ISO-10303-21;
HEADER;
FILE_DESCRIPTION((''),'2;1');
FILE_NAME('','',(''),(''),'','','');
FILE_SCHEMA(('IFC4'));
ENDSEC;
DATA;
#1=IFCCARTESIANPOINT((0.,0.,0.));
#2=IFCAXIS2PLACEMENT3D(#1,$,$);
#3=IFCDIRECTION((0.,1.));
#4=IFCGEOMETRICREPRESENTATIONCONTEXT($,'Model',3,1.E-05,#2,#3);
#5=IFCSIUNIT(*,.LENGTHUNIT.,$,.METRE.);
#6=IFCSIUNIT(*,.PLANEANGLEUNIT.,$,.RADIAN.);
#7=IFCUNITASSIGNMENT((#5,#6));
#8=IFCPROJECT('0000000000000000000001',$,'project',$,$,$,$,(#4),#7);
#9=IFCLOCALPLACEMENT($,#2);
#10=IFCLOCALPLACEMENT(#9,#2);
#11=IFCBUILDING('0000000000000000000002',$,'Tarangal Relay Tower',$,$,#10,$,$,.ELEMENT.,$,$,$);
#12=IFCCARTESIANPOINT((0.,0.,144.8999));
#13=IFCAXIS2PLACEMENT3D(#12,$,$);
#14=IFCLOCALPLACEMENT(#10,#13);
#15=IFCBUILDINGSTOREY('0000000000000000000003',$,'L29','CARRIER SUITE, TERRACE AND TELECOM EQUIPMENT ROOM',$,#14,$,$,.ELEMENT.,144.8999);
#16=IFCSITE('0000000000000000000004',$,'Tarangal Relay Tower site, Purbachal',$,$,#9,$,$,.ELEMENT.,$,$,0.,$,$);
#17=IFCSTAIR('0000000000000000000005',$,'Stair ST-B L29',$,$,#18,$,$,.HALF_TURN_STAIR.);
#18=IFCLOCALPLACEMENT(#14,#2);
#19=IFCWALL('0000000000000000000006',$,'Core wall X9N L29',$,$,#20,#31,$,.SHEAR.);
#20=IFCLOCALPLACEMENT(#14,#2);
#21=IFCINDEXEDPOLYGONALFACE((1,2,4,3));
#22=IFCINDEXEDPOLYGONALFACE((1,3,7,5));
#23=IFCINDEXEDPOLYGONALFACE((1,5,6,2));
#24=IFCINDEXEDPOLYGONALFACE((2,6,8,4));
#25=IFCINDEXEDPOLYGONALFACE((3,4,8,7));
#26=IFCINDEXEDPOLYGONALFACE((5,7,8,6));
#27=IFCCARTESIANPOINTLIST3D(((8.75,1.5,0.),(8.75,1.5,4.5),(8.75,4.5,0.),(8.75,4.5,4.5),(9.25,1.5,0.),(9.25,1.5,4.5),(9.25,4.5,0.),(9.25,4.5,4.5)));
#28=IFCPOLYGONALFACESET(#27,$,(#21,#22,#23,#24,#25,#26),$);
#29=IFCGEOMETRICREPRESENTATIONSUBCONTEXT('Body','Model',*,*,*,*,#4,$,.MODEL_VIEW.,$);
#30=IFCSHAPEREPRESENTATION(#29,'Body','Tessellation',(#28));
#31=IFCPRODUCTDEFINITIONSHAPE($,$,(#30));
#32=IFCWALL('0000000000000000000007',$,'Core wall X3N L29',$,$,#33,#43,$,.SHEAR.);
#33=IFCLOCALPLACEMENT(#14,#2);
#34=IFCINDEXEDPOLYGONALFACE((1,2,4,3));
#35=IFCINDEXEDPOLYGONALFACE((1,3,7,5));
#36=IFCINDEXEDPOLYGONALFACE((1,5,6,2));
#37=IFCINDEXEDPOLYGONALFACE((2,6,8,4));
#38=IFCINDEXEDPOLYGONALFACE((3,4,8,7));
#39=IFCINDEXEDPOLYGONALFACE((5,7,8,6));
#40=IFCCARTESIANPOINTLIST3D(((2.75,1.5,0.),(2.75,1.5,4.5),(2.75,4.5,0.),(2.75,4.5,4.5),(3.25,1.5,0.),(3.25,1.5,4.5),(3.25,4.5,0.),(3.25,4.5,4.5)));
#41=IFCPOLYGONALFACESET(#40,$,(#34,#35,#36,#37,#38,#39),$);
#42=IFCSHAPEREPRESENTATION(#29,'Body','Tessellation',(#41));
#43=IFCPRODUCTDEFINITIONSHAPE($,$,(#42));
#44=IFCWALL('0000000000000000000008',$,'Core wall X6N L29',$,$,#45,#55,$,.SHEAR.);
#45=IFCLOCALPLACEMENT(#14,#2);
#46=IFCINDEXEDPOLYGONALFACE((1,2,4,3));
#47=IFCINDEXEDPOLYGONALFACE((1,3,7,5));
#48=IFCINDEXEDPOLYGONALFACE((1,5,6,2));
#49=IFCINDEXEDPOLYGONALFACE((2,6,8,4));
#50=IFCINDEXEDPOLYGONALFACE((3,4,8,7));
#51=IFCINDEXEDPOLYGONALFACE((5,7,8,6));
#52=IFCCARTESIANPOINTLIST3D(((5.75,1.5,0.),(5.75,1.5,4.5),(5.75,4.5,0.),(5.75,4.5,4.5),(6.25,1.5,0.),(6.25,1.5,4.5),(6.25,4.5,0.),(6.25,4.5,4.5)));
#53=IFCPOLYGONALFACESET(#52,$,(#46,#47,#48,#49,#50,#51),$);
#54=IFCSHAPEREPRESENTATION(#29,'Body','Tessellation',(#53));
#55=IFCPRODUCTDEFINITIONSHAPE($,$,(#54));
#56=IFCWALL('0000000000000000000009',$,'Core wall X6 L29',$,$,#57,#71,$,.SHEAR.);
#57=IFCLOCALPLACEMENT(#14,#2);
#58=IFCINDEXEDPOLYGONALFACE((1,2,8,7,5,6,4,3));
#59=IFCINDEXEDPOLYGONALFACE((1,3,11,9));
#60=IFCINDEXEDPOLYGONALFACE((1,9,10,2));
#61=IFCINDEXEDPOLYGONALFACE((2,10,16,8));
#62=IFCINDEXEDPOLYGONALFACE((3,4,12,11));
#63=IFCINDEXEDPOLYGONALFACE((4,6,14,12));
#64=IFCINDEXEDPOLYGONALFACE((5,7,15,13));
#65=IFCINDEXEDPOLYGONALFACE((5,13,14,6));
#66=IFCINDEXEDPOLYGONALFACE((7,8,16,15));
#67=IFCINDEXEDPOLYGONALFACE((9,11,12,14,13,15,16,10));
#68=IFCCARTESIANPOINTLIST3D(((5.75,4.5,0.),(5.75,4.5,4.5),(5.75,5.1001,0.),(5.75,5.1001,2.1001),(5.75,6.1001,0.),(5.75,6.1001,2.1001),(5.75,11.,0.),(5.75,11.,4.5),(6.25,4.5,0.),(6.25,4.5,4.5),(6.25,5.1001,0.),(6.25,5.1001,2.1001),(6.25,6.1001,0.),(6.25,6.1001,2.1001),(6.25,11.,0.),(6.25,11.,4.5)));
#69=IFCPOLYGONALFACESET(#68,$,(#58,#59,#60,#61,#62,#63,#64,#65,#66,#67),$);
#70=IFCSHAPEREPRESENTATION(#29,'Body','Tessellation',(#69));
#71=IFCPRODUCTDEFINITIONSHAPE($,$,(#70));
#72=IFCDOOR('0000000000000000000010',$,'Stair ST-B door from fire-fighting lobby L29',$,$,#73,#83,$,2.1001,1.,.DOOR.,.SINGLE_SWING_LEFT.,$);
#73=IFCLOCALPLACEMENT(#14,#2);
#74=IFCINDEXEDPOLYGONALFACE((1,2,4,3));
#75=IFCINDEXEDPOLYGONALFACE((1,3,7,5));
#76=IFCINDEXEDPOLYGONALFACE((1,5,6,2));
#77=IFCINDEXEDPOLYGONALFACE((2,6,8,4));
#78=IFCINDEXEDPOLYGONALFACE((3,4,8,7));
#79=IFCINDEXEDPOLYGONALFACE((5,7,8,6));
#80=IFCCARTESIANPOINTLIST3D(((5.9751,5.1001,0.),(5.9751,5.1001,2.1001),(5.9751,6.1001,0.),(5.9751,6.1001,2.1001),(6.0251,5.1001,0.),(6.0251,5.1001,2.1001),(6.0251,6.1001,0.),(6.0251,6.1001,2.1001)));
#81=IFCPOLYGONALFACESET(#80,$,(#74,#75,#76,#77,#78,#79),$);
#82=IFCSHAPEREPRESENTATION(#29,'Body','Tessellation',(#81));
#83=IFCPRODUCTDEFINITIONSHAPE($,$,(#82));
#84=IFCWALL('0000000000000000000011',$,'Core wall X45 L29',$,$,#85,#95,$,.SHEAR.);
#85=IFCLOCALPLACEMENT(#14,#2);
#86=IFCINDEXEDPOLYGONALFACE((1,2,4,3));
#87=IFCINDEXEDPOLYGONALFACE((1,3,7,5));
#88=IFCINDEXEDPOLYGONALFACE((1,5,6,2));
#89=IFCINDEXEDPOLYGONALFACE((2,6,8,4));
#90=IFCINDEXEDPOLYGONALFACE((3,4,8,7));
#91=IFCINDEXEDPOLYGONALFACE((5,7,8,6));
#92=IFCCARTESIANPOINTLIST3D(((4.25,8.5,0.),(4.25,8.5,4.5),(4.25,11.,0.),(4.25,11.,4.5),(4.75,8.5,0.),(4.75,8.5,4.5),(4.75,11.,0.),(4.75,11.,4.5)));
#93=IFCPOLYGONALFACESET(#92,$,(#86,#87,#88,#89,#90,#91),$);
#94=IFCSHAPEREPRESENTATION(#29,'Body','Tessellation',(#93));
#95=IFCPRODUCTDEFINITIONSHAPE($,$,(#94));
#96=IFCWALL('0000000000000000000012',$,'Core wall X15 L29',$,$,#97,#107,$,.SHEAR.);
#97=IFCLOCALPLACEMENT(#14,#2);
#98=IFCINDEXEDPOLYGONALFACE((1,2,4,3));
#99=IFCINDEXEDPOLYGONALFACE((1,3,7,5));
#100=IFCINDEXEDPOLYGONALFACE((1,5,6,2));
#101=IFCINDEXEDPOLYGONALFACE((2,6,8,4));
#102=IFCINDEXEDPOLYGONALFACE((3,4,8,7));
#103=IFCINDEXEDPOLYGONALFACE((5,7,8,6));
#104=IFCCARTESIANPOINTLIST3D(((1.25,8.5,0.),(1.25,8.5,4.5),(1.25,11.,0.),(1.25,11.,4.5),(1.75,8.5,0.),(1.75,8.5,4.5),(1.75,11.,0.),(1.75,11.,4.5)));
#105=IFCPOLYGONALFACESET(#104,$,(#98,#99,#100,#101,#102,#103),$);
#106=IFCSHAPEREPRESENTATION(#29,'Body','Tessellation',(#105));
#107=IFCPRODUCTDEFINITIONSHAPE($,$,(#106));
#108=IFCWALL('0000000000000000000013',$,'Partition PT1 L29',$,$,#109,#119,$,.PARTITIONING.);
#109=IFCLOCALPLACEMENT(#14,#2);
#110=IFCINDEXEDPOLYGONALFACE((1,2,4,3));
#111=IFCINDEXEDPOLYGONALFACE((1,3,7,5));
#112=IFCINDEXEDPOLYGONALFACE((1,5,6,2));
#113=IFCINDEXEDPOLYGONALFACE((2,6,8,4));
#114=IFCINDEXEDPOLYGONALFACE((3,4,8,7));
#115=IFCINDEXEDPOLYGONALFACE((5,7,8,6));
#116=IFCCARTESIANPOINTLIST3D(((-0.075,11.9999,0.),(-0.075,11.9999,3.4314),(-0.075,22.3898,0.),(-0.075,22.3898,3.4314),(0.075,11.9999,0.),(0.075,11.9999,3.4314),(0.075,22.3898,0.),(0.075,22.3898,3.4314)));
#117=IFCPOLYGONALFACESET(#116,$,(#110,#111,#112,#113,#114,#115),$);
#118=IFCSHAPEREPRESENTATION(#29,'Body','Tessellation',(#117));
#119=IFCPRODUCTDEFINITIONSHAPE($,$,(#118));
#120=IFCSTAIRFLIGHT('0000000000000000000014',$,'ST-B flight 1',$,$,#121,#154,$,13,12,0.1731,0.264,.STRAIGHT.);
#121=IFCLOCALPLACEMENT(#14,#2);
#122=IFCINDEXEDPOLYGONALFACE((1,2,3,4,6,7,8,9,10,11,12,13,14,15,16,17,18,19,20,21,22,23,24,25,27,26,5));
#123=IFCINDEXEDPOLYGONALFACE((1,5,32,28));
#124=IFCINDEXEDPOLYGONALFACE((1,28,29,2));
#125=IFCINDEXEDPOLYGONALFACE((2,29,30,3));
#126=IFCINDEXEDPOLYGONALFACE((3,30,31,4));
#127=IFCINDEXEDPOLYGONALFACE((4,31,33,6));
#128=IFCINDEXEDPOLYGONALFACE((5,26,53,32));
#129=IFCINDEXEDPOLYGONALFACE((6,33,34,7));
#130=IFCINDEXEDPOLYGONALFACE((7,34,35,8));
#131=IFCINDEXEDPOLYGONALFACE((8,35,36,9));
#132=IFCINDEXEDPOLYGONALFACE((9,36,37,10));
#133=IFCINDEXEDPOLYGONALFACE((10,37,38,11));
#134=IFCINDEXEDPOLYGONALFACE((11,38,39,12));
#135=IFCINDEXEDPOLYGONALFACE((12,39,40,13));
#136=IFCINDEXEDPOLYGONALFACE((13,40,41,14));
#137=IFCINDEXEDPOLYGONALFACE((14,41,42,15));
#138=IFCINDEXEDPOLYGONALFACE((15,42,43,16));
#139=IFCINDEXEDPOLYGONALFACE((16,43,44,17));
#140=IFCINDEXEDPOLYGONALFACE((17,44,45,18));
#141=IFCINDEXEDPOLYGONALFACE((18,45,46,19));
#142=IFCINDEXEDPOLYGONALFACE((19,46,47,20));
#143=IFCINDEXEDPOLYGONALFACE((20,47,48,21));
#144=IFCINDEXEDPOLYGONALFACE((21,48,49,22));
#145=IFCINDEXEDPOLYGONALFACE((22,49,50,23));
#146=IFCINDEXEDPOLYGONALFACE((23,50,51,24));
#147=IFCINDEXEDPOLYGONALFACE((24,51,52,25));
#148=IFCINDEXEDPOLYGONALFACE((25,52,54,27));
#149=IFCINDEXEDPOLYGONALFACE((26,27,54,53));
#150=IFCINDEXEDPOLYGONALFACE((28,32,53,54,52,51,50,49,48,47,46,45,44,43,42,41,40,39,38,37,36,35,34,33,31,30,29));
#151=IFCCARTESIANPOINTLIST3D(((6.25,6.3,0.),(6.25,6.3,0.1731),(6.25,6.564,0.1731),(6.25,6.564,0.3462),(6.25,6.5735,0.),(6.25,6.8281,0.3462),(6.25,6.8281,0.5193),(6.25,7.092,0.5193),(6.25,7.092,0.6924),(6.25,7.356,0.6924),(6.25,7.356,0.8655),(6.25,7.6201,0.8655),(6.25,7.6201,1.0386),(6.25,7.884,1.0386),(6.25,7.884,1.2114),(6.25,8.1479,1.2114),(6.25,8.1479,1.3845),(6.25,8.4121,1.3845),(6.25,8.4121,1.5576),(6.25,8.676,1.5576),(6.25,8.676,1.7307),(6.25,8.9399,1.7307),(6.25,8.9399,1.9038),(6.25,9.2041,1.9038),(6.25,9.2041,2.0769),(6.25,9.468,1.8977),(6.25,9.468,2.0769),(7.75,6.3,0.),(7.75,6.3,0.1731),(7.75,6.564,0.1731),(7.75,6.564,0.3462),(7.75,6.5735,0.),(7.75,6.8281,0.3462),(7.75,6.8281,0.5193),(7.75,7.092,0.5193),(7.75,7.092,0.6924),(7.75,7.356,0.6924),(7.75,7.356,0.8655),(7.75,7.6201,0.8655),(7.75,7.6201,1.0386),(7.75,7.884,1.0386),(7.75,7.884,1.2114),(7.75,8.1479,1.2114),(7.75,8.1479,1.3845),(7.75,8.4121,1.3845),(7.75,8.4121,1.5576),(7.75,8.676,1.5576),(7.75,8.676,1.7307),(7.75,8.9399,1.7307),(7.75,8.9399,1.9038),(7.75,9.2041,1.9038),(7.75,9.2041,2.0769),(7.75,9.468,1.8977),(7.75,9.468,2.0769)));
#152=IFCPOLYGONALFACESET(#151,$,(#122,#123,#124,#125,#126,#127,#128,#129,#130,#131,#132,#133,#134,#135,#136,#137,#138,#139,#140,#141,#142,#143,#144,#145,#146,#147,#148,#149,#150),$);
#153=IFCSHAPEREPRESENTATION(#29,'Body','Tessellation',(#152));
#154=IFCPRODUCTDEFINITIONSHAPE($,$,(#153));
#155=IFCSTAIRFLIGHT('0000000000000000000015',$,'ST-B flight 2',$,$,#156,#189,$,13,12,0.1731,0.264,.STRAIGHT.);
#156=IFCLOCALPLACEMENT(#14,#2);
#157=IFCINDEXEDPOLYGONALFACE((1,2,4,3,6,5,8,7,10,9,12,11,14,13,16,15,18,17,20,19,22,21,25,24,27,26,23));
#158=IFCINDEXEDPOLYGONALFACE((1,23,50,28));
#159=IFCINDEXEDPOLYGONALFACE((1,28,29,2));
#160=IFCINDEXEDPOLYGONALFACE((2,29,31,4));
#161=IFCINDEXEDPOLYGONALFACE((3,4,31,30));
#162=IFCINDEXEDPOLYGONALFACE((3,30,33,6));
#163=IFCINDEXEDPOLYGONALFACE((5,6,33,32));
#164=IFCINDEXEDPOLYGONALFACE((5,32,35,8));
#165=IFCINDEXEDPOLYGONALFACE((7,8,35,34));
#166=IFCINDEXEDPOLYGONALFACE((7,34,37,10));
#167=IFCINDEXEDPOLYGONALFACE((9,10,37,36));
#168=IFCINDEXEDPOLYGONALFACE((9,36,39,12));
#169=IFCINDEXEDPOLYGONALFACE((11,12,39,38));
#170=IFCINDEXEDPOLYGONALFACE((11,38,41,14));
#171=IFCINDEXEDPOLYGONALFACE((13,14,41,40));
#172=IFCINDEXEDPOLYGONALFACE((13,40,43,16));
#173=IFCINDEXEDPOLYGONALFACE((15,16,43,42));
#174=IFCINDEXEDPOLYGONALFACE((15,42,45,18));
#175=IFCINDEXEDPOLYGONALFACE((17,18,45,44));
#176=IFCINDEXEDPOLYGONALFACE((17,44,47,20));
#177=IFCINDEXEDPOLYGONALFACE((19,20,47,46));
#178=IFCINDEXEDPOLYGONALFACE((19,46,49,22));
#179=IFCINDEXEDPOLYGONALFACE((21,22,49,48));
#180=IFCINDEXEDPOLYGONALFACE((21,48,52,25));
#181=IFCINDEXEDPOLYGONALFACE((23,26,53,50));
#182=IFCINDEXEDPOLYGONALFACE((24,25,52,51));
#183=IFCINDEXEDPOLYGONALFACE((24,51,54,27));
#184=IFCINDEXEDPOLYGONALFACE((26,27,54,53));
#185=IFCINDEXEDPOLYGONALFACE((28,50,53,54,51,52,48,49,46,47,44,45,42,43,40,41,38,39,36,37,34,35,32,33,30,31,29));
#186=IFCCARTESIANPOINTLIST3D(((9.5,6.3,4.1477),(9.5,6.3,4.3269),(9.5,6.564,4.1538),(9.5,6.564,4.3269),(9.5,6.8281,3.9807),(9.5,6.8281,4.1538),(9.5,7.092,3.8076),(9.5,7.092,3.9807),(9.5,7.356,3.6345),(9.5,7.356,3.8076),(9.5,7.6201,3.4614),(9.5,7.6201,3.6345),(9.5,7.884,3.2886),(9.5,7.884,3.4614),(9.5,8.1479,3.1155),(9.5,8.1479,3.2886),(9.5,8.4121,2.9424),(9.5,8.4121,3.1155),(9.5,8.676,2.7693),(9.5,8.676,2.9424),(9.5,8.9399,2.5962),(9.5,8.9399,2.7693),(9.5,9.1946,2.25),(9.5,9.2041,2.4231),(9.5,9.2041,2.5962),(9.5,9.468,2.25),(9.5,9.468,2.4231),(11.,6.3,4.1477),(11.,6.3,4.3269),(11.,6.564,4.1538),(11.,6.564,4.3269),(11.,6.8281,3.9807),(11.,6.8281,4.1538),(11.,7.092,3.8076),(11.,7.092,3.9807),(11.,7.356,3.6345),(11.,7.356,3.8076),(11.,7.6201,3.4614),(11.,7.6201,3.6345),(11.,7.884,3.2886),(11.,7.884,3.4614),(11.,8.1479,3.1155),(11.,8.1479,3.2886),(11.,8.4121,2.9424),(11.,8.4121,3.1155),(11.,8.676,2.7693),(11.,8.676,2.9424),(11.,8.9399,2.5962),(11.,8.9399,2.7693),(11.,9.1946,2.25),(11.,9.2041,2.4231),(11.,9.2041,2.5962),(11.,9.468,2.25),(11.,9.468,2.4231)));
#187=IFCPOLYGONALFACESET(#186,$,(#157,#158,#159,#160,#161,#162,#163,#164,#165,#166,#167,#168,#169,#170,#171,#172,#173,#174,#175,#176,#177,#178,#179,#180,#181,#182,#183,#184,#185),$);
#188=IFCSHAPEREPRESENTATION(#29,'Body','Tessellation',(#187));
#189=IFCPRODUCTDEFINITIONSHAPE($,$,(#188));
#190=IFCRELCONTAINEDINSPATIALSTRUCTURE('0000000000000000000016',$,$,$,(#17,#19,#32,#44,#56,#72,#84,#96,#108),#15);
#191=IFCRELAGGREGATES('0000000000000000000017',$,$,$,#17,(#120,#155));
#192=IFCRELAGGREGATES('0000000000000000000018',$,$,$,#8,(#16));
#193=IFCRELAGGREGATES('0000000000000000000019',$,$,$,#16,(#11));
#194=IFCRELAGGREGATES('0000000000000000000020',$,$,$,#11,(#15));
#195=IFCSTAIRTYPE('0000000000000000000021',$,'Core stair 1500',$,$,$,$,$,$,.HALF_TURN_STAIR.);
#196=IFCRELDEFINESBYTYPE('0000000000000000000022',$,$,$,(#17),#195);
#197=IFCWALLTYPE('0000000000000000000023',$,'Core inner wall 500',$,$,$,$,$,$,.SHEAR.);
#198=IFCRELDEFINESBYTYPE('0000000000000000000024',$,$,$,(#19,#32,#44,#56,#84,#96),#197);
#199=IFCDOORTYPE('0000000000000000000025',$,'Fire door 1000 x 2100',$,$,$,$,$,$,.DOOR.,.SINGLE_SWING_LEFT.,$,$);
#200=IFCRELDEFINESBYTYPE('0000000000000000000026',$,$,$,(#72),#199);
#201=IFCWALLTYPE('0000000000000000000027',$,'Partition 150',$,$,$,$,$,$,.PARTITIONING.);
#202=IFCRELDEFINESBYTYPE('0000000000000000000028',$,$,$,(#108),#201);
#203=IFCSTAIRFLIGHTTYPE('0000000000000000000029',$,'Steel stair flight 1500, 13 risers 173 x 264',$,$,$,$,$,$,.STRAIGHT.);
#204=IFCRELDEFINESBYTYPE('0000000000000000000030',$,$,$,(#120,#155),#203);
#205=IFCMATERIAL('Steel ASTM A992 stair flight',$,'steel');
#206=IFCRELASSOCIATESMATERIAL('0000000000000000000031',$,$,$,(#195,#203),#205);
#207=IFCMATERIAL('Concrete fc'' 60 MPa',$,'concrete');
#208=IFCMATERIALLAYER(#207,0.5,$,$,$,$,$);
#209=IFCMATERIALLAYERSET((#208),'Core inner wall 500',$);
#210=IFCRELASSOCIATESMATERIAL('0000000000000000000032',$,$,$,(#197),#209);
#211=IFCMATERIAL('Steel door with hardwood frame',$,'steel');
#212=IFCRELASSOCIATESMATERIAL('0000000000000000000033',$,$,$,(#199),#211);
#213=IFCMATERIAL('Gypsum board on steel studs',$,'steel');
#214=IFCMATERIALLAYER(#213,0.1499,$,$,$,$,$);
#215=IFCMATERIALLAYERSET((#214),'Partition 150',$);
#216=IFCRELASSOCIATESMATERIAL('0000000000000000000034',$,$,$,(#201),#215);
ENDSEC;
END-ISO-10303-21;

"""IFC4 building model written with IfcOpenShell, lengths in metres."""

from ifc_helpers import new_model, si_unit, direction, frame, frame_2d, origin, place, context, subcontext, project, spatial, polyline, rectangle, outline, extrude, material, layer, layer_set, type_object, element, fill, aggregate, save


model = new_model("IFC4")

# Units and contexts
model_context = context("Model", 3, precision=1e-05, world=origin(), true_north=direction((0.0, 1.0)))
body_context = subcontext(model_context, "Body", "Model", "MODEL_VIEW")
ifc_project = project(units=[si_unit("LENGTHUNIT", "METRE"), si_unit("PLANEANGLEUNIT", "RADIAN")], contexts=[model_context])

# Site, building, storey
site_placement = place(None, origin())
site = spatial("IfcSite", under=ifc_project, at=site_placement, Name="Tarangal Relay Tower site, Purbachal", CompositionType="ELEMENT", RefElevation=0.0)
building_placement = place(site_placement, origin())
building = spatial("IfcBuilding", under=site, at=building_placement, Name="Tarangal Relay Tower", CompositionType="ELEMENT")
storey_placement = place(building_placement, frame((0.0, 0.0, 144.8999)))
storey = spatial("IfcBuildingStorey", under=building, at=storey_placement, Name="L29", Description="CARRIER SUITE, TERRACE AND TELECOM EQUIPMENT ROOM", CompositionType="ELEMENT", Elevation=144.8999)

# Stair
ifc_material_1 = material(Name="Steel ASTM A992 stair flight", Category="steel")
stair_type = type_object("IfcStairType", Name="Core stair 1500", PredefinedType="HALF_TURN_STAIR", material=ifc_material_1)
stair_1_placement = place(storey_placement, origin())
stair_1 = element("IfcStair", 1, at=stair_1_placement, inside=storey, type_object=stair_type, Name="Stair ST-B L29", PredefinedType="HALF_TURN_STAIR")

# Walls
ifc_material_2 = material(Name="Concrete fc' 60 MPa", Category="concrete")
ifc_layer_1 = layer(ifc_material_2, 0.5)
ifc_layer_set_1 = layer_set([ifc_layer_1], Name="Core inner wall 500")
wall_type_1 = type_object("IfcWallType", Name="Core inner wall 500", PredefinedType="SHEAR", material=ifc_layer_set_1)
for number, where, z_axis, x_axis, name in (
    (2, (9.0, 1.5, 0.0), (0.0, 0.0, 1.0), (0.0, 1.0, 0.0), "Core wall X9N L29"),
    (3, (3.0, 1.5, 0.0), (0.0, 0.0, 1.0), (0.0, 1.0, 0.0), "Core wall X3N L29"),
    (4, (6.0, 1.5, 0.0), (0.0, 0.0, 1.0), (0.0, 1.0, 0.0), "Core wall X6N L29"),
):
    element("IfcWall", number, at=place(storey_placement, frame(where, z_axis=z_axis, x_axis=x_axis)), inside=storey, type_object=wall_type_1, Name=name, PredefinedType="SHEAR", context=body_context, shape_type="SweptSolid", body=[
        extrude(rectangle(XDim=3.0, YDim=0.5, at=frame_2d((1.5, 0.0))), origin(), (0.0, 0.0, 1.0), 4.5),
    ])

# Wall, opening, door
wall_1_placement = place(storey_placement, frame((6.0, 4.5, 0.0), z_axis=(0.0, 0.0, 1.0), x_axis=(0.0, 1.0, 0.0)))
wall_1 = element("IfcWall", 5, at=wall_1_placement, inside=storey, type_object=wall_type_1, Name="Core wall X6 L29", PredefinedType="SHEAR", context=body_context, shape_type="SweptSolid", body=[
    extrude(rectangle(XDim=6.5, YDim=0.5, at=frame_2d((3.25, 0.0))), origin(), (0.0, 0.0, 1.0), 4.5),
])
opening_placement = place(wall_1_placement, frame((0.6001, 0.0, 0.0)))
opening = element("IfcOpeningElement", 6, at=opening_placement, cuts=wall_1, PredefinedType="OPENING", context=body_context, shape_type="SweptSolid", body=[
    extrude(rectangle(XDim=1.0, YDim=2.1001, at=frame_2d((0.5, 1.05))), frame((0.0, 0.26, 0.0), z_axis=(0.0, -1.0, 0.0), x_axis=(1.0, 0.0, 0.0)), (0.0, 0.0, 1.0), 0.52),
])
ifc_material_3 = material(Name="Steel door with hardwood frame", Category="steel")
door_type = type_object("IfcDoorType", Name="Fire door 1000 x 2100", OperationType="SINGLE_SWING_LEFT", PredefinedType="DOOR", material=ifc_material_3)
door_placement = place(opening_placement, origin())
door = element("IfcDoor", 7, at=door_placement, inside=storey, type_object=door_type, Name="Stair ST-B door from fire-fighting lobby L29", OperationType="SINGLE_SWING_LEFT", OverallHeight=2.1001, OverallWidth=1.0, PredefinedType="DOOR", context=body_context, shape_type="SweptSolid", body=[
    extrude(rectangle(XDim=1.0, YDim=2.1001, at=frame_2d((0.5, 1.05))), frame((0.0, 0.0249, 0.0), z_axis=(0.0, -1.0, 0.0), x_axis=(1.0, 0.0, 0.0)), (0.0, 0.0, 1.0), 0.05),
])
fill(opening, door)

# Walls
for number, where, z_axis, x_axis, name in (
    (8, (4.5, 8.5, 0.0), (0.0, 0.0, 1.0), (0.0, 1.0, 0.0), "Core wall X45 L29"),
    (9, (1.5, 8.5, 0.0), (0.0, 0.0, 1.0), (0.0, 1.0, 0.0), "Core wall X15 L29"),
):
    element("IfcWall", number, at=place(storey_placement, frame(where, z_axis=z_axis, x_axis=x_axis)), inside=storey, type_object=wall_type_1, Name=name, PredefinedType="SHEAR", context=body_context, shape_type="SweptSolid", body=[
        extrude(rectangle(XDim=2.5, YDim=0.5, at=frame_2d((1.25, 0.0))), origin(), (0.0, 0.0, 1.0), 4.5),
    ])
ifc_material_4 = material(Name="Gypsum board on steel studs", Category="steel")
ifc_layer_2 = layer(ifc_material_4, 0.1499)
ifc_layer_set_2 = layer_set([ifc_layer_2], Name="Partition 150")
wall_type_2 = type_object("IfcWallType", Name="Partition 150", PredefinedType="PARTITIONING", material=ifc_layer_set_2)
wall_2_placement = place(storey_placement, frame((0.0, 12.0, 0.0), z_axis=(0.0, 0.0, 1.0), x_axis=(0.0, 1.0, 0.0)))
element("IfcWall", 10, at=wall_2_placement, inside=storey, type_object=wall_type_2, Name="Partition PT1 L29", PredefinedType="PARTITIONING", context=body_context, shape_type="SweptSolid", body=[
    extrude(rectangle(XDim=10.3899, YDim=0.1499, at=frame_2d((5.1948, 0.0))), origin(), (0.0, 0.0, 1.0), 3.4314),
])

# Stair flights
stair_flight_type = type_object("IfcStairFlightType", Name="Steel stair flight 1500, 13 risers 173 x 264", PredefinedType="STRAIGHT", material=ifc_material_1)
stair_flight_1_placement = place(storey_placement, frame((7.0, 6.3, 0.0), z_axis=(0.0, 0.0, 1.0), x_axis=(0.0, 1.0, 0.0)))
stair_flight_1 = element("IfcStairFlight", 11, at=stair_flight_1_placement, type_object=stair_flight_type, Name="ST-B flight 1", NumberOfRisers=13, NumberOfTreads=12, PredefinedType="STRAIGHT", RiserHeight=0.1731, TreadLength=0.264, context=body_context, shape_type="SweptSolid", body=[
    extrude(outline(polyline([(0.0, 0.0), (0.0, 0.1731), (0.2639, 0.1731), (0.2639, 0.3462), (0.5281, 0.3462), (0.5281, 0.5193), (0.792, 0.5193), (0.792, 0.6924), (1.0559, 0.6924), (1.0559, 0.8655), (1.3201, 0.8655), (1.3201, 1.0386), (1.584, 1.0386), (1.584, 1.2114), (1.8479, 1.2114), (1.8479, 1.3845), (2.1121, 1.3845), (2.1121, 1.5576), (2.376, 1.5576), (2.376, 1.7307), (2.6399, 1.7307), (2.6399, 1.9038), (2.9041, 1.9038), (2.9041, 2.0769), (3.168, 2.0769), (3.168, 2.25), (3.168, 1.8977), (0.2734, 0.0), (0.0, 0.0)])), frame((0.0, 0.75, 0.0), z_axis=(0.0, -1.0, 0.0), x_axis=(1.0, 0.0, 0.0)), (0.0, 0.0, 1.0), 1.5),
])
stair_flight_2_placement = place(storey_placement, frame((10.25, 9.468, 2.25), z_axis=(0.0, 0.0, 1.0), x_axis=(0.0, -1.0, 0.0)))
stair_flight_2 = element("IfcStairFlight", 12, at=stair_flight_2_placement, type_object=stair_flight_type, Name="ST-B flight 2", NumberOfRisers=13, NumberOfTreads=12, PredefinedType="STRAIGHT", RiserHeight=0.1731, TreadLength=0.264, context=body_context, shape_type="SweptSolid", body=[
    extrude(outline(polyline([(0.0, 0.0), (0.0, 0.1731), (0.2639, 0.1731), (0.2639, 0.3462), (0.5281, 0.3462), (0.5281, 0.5193), (0.792, 0.5193), (0.792, 0.6924), (1.0559, 0.6924), (1.0559, 0.8655), (1.3201, 0.8655), (1.3201, 1.0386), (1.584, 1.0386), (1.584, 1.2114), (1.8479, 1.2114), (1.8479, 1.3845), (2.1121, 1.3845), (2.1121, 1.5576), (2.376, 1.5576), (2.376, 1.7307), (2.6399, 1.7307), (2.6399, 1.9038), (2.9041, 1.9038), (2.9041, 2.0769), (3.168, 2.0769), (3.168, 2.25), (3.168, 1.8977), (0.2734, 0.0), (0.0, 0.0)])), frame((0.0, 0.75, 0.0), z_axis=(0.0, -1.0, 0.0), x_axis=(1.0, 0.0, 0.0)), (0.0, 0.0, 1.0), 1.5),
])
aggregate(stair_1, [stair_flight_1, stair_flight_2])

save(model, "model.ifc")
